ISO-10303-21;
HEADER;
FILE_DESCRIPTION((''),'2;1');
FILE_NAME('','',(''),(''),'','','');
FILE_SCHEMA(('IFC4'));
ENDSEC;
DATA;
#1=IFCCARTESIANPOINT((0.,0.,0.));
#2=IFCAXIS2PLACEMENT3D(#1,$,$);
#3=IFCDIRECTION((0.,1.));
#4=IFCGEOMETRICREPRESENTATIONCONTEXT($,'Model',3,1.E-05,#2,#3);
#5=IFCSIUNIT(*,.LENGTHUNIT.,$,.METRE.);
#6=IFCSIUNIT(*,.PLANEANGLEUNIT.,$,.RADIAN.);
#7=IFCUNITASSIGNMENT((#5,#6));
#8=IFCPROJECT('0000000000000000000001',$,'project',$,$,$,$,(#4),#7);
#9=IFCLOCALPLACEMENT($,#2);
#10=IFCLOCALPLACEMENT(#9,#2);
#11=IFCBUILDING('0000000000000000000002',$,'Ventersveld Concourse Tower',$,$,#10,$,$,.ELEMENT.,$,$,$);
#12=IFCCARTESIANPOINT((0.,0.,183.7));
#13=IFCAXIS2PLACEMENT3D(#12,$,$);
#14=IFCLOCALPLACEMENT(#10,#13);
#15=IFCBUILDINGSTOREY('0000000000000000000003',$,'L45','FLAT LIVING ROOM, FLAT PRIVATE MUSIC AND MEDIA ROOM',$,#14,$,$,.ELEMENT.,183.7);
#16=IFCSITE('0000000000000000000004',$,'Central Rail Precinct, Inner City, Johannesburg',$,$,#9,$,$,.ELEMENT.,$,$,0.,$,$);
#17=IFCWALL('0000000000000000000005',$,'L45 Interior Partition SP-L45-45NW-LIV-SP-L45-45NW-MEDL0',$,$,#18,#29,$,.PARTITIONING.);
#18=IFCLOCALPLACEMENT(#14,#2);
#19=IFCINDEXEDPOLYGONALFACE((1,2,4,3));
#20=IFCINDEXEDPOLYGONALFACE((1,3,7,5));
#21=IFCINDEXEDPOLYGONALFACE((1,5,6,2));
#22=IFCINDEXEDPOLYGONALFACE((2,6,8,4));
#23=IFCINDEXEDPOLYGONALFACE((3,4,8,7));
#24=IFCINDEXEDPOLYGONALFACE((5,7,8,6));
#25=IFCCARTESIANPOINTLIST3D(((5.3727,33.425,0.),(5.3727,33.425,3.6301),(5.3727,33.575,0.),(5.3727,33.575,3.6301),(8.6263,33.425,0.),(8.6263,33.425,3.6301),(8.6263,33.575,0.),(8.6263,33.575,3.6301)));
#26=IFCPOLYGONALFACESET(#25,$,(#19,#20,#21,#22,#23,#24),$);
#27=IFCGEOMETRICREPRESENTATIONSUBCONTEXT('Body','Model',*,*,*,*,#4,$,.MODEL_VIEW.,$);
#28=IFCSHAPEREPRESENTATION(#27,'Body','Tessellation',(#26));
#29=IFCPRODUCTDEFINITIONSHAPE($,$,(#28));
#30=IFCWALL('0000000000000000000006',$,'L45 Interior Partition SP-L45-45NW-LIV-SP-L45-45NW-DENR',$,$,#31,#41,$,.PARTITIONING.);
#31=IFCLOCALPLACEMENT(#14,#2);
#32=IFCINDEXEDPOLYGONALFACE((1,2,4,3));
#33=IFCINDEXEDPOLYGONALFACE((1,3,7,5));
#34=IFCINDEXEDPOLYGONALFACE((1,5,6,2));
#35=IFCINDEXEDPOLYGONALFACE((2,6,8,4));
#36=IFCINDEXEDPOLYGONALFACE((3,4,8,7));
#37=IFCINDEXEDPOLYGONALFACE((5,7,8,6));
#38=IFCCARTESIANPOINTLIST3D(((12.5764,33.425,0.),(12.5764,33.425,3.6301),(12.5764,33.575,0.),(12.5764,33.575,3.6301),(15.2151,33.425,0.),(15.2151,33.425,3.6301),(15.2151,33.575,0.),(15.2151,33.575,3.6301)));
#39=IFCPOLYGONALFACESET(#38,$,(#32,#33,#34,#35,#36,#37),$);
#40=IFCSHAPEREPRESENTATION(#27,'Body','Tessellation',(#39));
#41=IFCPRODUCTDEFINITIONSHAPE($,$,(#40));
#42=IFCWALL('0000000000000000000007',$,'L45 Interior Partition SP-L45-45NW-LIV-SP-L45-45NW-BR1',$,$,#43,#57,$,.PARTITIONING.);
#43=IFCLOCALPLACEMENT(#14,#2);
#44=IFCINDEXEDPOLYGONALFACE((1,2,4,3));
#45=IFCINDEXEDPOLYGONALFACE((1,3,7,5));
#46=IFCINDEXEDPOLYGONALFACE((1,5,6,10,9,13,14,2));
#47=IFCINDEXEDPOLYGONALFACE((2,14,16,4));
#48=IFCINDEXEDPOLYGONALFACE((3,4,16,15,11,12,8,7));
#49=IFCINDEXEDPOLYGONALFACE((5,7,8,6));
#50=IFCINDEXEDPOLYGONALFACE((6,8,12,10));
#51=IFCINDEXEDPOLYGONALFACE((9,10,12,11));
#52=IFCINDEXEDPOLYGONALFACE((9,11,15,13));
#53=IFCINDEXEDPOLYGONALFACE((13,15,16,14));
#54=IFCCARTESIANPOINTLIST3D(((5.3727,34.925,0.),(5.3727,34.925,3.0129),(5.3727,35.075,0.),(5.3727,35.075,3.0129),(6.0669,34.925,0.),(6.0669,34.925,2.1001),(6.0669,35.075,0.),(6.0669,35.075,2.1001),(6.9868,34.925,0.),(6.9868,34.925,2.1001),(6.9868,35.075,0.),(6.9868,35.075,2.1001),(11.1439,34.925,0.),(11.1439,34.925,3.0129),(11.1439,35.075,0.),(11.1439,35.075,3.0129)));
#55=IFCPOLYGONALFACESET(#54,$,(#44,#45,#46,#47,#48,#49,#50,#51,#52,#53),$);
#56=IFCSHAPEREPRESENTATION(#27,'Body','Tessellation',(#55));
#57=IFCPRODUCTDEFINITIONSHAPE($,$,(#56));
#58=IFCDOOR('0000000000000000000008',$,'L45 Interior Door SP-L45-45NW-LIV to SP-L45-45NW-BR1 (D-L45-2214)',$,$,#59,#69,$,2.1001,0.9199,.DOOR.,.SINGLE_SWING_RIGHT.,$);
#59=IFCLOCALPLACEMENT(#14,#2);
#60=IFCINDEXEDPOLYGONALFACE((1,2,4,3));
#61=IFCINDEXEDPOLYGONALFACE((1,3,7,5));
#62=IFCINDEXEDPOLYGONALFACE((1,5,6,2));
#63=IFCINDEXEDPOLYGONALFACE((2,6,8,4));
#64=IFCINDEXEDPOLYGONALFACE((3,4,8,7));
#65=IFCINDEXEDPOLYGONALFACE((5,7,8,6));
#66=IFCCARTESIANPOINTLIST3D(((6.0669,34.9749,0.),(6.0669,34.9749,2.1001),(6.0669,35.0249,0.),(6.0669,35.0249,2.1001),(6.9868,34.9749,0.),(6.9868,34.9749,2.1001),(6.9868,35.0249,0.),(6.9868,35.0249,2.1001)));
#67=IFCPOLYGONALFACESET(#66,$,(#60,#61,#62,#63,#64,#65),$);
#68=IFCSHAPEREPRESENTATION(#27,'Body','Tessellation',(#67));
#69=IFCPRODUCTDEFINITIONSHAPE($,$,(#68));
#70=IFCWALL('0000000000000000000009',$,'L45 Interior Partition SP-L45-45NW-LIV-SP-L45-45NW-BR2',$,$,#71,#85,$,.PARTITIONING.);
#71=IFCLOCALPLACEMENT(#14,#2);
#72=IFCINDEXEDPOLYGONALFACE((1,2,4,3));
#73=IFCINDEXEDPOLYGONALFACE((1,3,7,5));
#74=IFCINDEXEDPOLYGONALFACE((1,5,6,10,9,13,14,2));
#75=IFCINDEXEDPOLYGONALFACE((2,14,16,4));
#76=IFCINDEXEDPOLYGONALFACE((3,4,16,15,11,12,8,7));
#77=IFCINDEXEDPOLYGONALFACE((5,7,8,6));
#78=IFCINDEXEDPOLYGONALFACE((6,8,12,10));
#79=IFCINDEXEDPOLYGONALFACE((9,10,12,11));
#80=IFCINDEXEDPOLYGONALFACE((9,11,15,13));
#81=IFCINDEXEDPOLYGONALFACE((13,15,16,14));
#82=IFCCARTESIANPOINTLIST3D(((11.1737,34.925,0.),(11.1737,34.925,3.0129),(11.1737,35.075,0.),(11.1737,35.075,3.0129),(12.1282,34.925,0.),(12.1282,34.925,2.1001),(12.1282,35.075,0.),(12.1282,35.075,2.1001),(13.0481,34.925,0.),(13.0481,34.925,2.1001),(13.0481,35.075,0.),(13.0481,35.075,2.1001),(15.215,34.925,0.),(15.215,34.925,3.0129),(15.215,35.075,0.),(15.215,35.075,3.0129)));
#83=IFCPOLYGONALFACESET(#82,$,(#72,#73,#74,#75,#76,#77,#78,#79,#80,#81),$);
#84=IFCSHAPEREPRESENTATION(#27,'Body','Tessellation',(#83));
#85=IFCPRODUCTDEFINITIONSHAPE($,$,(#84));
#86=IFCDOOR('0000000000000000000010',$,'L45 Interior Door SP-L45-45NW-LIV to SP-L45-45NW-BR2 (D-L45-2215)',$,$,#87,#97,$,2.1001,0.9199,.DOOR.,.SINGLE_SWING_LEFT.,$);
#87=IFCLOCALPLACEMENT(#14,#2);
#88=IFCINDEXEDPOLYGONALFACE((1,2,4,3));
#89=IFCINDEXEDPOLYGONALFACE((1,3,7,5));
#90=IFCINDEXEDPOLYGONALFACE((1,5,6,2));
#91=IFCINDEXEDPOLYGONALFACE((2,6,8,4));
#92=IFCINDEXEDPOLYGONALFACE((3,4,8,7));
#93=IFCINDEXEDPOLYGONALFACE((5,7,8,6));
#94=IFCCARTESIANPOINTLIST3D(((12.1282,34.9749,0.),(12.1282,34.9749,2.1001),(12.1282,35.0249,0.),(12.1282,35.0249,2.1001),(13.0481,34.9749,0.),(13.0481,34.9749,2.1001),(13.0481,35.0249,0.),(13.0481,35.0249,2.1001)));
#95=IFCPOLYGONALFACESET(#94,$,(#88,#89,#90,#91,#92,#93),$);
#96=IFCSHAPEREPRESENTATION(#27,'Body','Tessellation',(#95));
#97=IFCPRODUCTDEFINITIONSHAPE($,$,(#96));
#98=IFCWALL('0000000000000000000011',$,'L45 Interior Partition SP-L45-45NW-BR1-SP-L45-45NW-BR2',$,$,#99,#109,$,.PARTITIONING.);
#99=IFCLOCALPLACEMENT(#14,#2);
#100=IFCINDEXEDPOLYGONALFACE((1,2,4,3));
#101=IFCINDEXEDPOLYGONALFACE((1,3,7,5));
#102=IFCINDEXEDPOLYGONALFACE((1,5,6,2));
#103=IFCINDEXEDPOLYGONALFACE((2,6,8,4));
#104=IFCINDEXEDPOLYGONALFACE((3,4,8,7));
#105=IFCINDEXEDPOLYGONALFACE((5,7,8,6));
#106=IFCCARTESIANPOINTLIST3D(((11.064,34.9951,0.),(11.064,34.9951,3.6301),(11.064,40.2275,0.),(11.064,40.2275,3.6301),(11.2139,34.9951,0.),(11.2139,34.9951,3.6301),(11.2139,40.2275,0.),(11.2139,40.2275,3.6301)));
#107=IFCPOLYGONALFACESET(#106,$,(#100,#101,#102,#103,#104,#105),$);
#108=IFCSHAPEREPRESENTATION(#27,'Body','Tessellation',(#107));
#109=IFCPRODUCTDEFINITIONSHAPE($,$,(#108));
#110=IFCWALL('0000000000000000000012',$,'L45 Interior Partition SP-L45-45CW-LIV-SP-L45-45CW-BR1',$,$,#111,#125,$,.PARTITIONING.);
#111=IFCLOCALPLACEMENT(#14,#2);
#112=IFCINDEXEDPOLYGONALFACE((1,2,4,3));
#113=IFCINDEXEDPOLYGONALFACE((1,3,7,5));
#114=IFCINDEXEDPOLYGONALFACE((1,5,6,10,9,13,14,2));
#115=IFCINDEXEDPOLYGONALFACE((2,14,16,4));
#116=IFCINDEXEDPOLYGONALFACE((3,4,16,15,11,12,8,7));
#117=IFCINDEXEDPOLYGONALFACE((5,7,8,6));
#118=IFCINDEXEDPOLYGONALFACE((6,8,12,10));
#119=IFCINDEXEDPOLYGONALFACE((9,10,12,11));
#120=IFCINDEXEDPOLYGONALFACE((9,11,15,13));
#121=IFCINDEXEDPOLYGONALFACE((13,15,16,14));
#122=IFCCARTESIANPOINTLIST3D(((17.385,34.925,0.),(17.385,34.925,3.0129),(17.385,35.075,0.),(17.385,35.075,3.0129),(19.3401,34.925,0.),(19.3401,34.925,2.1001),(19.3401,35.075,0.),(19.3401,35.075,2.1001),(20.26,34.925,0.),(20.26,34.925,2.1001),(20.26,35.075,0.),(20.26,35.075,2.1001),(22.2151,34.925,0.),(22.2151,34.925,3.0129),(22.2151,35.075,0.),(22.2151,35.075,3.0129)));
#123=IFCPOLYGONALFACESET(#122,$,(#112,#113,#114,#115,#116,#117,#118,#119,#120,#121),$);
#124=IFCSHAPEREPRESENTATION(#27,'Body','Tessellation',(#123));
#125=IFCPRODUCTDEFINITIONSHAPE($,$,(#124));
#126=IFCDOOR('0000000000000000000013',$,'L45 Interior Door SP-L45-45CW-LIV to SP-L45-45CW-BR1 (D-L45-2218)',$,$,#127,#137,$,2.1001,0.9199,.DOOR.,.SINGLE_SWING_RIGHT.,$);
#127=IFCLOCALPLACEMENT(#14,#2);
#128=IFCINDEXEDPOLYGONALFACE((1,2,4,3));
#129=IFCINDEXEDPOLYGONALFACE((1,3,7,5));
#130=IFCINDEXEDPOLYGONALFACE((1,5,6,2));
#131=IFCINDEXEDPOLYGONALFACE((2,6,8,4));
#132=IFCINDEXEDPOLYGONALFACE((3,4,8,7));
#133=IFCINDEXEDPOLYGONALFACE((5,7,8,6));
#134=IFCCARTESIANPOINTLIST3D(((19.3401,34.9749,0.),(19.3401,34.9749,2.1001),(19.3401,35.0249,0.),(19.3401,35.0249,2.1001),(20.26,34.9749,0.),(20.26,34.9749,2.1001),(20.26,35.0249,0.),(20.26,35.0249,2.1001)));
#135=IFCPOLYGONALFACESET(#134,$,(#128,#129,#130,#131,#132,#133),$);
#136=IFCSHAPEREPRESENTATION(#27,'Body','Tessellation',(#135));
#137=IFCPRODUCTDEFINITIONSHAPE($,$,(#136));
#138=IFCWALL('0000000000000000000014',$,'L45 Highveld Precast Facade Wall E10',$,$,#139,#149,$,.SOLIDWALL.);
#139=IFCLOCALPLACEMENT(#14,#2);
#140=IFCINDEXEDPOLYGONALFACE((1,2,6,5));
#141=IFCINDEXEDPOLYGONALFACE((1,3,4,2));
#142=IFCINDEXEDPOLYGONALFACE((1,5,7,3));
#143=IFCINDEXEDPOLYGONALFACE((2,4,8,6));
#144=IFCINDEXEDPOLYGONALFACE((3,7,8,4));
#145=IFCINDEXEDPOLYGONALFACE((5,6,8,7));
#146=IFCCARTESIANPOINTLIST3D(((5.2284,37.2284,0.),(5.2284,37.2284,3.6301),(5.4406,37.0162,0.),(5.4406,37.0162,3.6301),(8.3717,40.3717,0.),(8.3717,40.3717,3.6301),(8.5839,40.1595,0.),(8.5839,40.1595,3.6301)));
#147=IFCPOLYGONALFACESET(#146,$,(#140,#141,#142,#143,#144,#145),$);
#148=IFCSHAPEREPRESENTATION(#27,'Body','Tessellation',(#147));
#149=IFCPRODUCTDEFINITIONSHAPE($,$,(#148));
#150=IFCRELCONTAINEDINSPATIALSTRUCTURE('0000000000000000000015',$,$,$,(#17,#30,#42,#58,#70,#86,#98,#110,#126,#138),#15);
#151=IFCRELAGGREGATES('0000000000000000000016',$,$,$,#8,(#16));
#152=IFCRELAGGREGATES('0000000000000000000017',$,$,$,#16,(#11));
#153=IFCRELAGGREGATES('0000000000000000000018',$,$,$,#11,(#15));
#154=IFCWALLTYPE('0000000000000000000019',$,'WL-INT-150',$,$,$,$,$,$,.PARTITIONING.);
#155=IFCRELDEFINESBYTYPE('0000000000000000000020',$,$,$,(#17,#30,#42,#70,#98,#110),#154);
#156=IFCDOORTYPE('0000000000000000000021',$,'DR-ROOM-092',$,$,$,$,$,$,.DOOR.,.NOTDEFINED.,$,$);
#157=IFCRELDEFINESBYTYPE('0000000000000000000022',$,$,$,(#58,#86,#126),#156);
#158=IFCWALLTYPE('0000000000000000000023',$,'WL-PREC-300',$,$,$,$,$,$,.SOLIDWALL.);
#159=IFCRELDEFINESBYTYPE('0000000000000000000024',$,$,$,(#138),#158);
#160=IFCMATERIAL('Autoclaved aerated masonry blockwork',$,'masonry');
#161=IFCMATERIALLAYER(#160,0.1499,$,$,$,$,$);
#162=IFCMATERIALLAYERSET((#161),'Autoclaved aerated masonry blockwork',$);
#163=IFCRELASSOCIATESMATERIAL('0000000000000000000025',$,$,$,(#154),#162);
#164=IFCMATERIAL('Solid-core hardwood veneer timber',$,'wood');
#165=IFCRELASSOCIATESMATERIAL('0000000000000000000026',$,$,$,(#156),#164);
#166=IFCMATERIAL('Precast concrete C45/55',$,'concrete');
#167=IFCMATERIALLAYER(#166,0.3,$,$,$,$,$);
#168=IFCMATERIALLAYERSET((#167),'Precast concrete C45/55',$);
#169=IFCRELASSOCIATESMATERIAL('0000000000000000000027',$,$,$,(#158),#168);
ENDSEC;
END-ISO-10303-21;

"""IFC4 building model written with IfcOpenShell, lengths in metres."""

from ifc_helpers import new_model, si_unit, direction, frame, frame_2d, origin, place, context, subcontext, project, spatial, rectangle, extrude, material, layer, layer_set, type_object, element, fill, save


model = new_model("IFC4")

# Units and contexts
model_context = context("Model", 3, precision=1e-05, world=origin(), true_north=direction((0.0, 1.0)))
body_context = subcontext(model_context, "Body", "Model", "MODEL_VIEW")
ifc_project = project(units=[si_unit("LENGTHUNIT", "METRE"), si_unit("PLANEANGLEUNIT", "RADIAN")], contexts=[model_context])

# Site, building, storey
site_placement = place(None, origin())
site = spatial("IfcSite", under=ifc_project, at=site_placement, Name="Central Rail Precinct, Inner City, Johannesburg", CompositionType="ELEMENT", RefElevation=0.0)
building_placement = place(site_placement, origin())
building = spatial("IfcBuilding", under=site, at=building_placement, Name="Ventersveld Concourse Tower", CompositionType="ELEMENT")
storey_placement = place(building_placement, frame((0.0, 0.0, 183.7)))
storey = spatial("IfcBuildingStorey", under=building, at=storey_placement, Name="L45", Description="FLAT LIVING ROOM, FLAT PRIVATE MUSIC AND MEDIA ROOM", CompositionType="ELEMENT", Elevation=183.7)

# Walls
ifc_material_1 = material(Name="Autoclaved aerated masonry blockwork", Category="masonry")
ifc_layer_1 = layer(ifc_material_1, 0.1499)
ifc_layer_set_1 = layer_set([ifc_layer_1], Name="Autoclaved aerated masonry blockwork")
wall_type_1 = type_object("IfcWallType", Name="WL-INT-150", PredefinedType="PARTITIONING", material=ifc_layer_set_1)
wall_1_placement = place(storey_placement, frame((5.3726, 33.5, 0.0), z_axis=(0.0, 0.0, 1.0), x_axis=(1.0, 0.0, 0.0)))
element("IfcWall", 1, at=wall_1_placement, inside=storey, type_object=wall_type_1, Name="L45 Interior Partition SP-L45-45NW-LIV-SP-L45-45NW-MEDL0", PredefinedType="PARTITIONING", context=body_context, shape_type="SweptSolid", body=[
    extrude(rectangle(XDim=3.2537, YDim=0.1499, at=frame_2d((1.627, 0.0))), origin(), (0.0, 0.0, 1.0), 3.6301),
])
wall_2_placement = place(storey_placement, frame((12.5764, 33.5, 0.0), z_axis=(0.0, 0.0, 1.0), x_axis=(1.0, 0.0, 0.0)))
element("IfcWall", 2, at=wall_2_placement, inside=storey, type_object=wall_type_1, Name="L45 Interior Partition SP-L45-45NW-LIV-SP-L45-45NW-DENR", PredefinedType="PARTITIONING", context=body_context, shape_type="SweptSolid", body=[
    extrude(rectangle(XDim=2.6387, YDim=0.1499, at=frame_2d((1.3193, 0.0))), origin(), (0.0, 0.0, 1.0), 3.6301),
])

# Walls, openings, doors
wall_3_placement = place(storey_placement, frame((5.3726, 35.0, 0.0), z_axis=(0.0, 0.0, 1.0), x_axis=(1.0, 0.0, 0.0)))
wall_3 = element("IfcWall", 3, at=wall_3_placement, inside=storey, type_object=wall_type_1, Name="L45 Interior Partition SP-L45-45NW-LIV-SP-L45-45NW-BR1", PredefinedType="PARTITIONING", context=body_context, shape_type="SweptSolid", body=[
    extrude(rectangle(XDim=5.7712, YDim=0.1499, at=frame_2d((2.8857, 0.0))), origin(), (0.0, 0.0, 1.0), 3.0129),
])
opening_1_placement = place(wall_3_placement, frame((0.6943, 0.0, 0.0)))
opening_1 = element("IfcOpeningElement", 4, at=opening_1_placement, cuts=wall_3, PredefinedType="OPENING", context=body_context, shape_type="SweptSolid", body=[
    extrude(rectangle(XDim=0.9199, YDim=2.1001, at=frame_2d((0.46, 1.05))), frame((0.0, 0.085, 0.0), z_axis=(0.0, -1.0, 0.0), x_axis=(1.0, 0.0, 0.0)), (0.0, 0.0, 1.0), 0.1699),
])
ifc_material_2 = material(Name="Solid-core hardwood veneer timber", Category="wood")
door_type = type_object("IfcDoorType", Name="DR-ROOM-092", OperationType="NOTDEFINED", PredefinedType="DOOR", material=ifc_material_2)
door_1_placement = place(opening_1_placement, origin())
door_1 = element("IfcDoor", 5, at=door_1_placement, inside=storey, type_object=door_type, Name="L45 Interior Door SP-L45-45NW-LIV to SP-L45-45NW-BR1 (D-L45-2214)", OperationType="SINGLE_SWING_RIGHT", OverallHeight=2.1001, OverallWidth=0.9199, PredefinedType="DOOR", context=body_context, shape_type="SweptSolid", body=[
    extrude(rectangle(XDim=0.9199, YDim=2.1001, at=frame_2d((0.46, 1.05))), frame((0.0, 0.0249, 0.0), z_axis=(0.0, -1.0, 0.0), x_axis=(1.0, 0.0, 0.0)), (0.0, 0.0, 1.0), 0.05),
])
fill(opening_1, door_1)
wall_4_placement = place(storey_placement, frame((11.1738, 35.0, 0.0), z_axis=(0.0, 0.0, 1.0), x_axis=(1.0, 0.0, 0.0)))
wall_4 = element("IfcWall", 6, at=wall_4_placement, inside=storey, type_object=wall_type_1, Name="L45 Interior Partition SP-L45-45NW-LIV-SP-L45-45NW-BR2", PredefinedType="PARTITIONING", context=body_context, shape_type="SweptSolid", body=[
    extrude(rectangle(XDim=4.0413, YDim=0.1499, at=frame_2d((2.0205, 0.0))), origin(), (0.0, 0.0, 1.0), 3.0129),
])
opening_2_placement = place(wall_4_placement, frame((0.9543, 0.0, 0.0)))
opening_2 = element("IfcOpeningElement", 7, at=opening_2_placement, cuts=wall_4, PredefinedType="OPENING", context=body_context, shape_type="SweptSolid", body=[
    extrude(rectangle(XDim=0.9199, YDim=2.1001, at=frame_2d((0.46, 1.05))), frame((0.0, 0.085, 0.0), z_axis=(0.0, -1.0, 0.0), x_axis=(1.0, 0.0, 0.0)), (0.0, 0.0, 1.0), 0.1699),
])
door_2_placement = place(opening_2_placement, origin())
door_2 = element("IfcDoor", 8, at=door_2_placement, inside=storey, type_object=door_type, Name="L45 Interior Door SP-L45-45NW-LIV to SP-L45-45NW-BR2 (D-L45-2215)", OperationType="SINGLE_SWING_LEFT", OverallHeight=2.1001, OverallWidth=0.9199, PredefinedType="DOOR", context=body_context, shape_type="SweptSolid", body=[
    extrude(rectangle(XDim=0.9199, YDim=2.1001, at=frame_2d((0.46, 1.05))), frame((0.0, 0.0249, 0.0), z_axis=(0.0, -1.0, 0.0), x_axis=(1.0, 0.0, 0.0)), (0.0, 0.0, 1.0), 0.05),
])
fill(opening_2, door_2)

# Wall
wall_5_placement = place(storey_placement, frame((11.1389, 34.9951, 0.0), z_axis=(0.0, 0.0, 1.0), x_axis=(0.0, 1.0, 0.0)))
element("IfcWall", 9, at=wall_5_placement, inside=storey, type_object=wall_type_1, Name="L45 Interior Partition SP-L45-45NW-BR1-SP-L45-45NW-BR2", PredefinedType="PARTITIONING", context=body_context, shape_type="SweptSolid", body=[
    extrude(rectangle(XDim=5.2324, YDim=0.1499, at=frame_2d((2.6162, 0.0))), origin(), (0.0, 0.0, 1.0), 3.6301),
])

# Wall, opening, door
wall_6_placement = place(storey_placement, frame((17.385, 35.0, 0.0), z_axis=(0.0, 0.0, 1.0), x_axis=(1.0, 0.0, 0.0)))
wall_6 = element("IfcWall", 10, at=wall_6_placement, inside=storey, type_object=wall_type_1, Name="L45 Interior Partition SP-L45-45CW-LIV-SP-L45-45CW-BR1", PredefinedType="PARTITIONING", context=body_context, shape_type="SweptSolid", body=[
    extrude(rectangle(XDim=4.8301, YDim=0.1499, at=frame_2d((2.415, 0.0))), origin(), (0.0, 0.0, 1.0), 3.0129),
])
opening_3_placement = place(wall_6_placement, frame((1.9551, 0.0, 0.0)))
opening_3 = element("IfcOpeningElement", 11, at=opening_3_placement, cuts=wall_6, PredefinedType="OPENING", context=body_context, shape_type="SweptSolid", body=[
    extrude(rectangle(XDim=0.9199, YDim=2.1001, at=frame_2d((0.46, 1.05))), frame((0.0, 0.085, 0.0), z_axis=(0.0, -1.0, 0.0), x_axis=(1.0, 0.0, 0.0)), (0.0, 0.0, 1.0), 0.1699),
])
door_3_placement = place(opening_3_placement, origin())
door_3 = element("IfcDoor", 12, at=door_3_placement, inside=storey, type_object=door_type, Name="L45 Interior Door SP-L45-45CW-LIV to SP-L45-45CW-BR1 (D-L45-2218)", OperationType="SINGLE_SWING_RIGHT", OverallHeight=2.1001, OverallWidth=0.9199, PredefinedType="DOOR", context=body_context, shape_type="SweptSolid", body=[
    extrude(rectangle(XDim=0.9199, YDim=2.1001, at=frame_2d((0.46, 1.05))), frame((0.0, 0.0249, 0.0), z_axis=(0.0, -1.0, 0.0), x_axis=(1.0, 0.0, 0.0)), (0.0, 0.0, 1.0), 0.05),
])
fill(opening_3, door_3)

# Wall
ifc_material_3 = material(Name="Precast concrete C45/55", Category="concrete")
ifc_layer_2 = layer(ifc_material_3, 0.3)
ifc_layer_set_2 = layer_set([ifc_layer_2], Name="Precast concrete C45/55")
wall_type_2 = type_object("IfcWallType", Name="WL-PREC-300", PredefinedType="SOLIDWALL", material=ifc_layer_set_2)
wall_7_placement = place(storey_placement, frame((8.4778, 40.2656, 0.0), z_axis=(0.0, 0.0, 1.0), x_axis=(-0.707107, -0.707107, 0.0)))
element("IfcWall", 13, at=wall_7_placement, inside=storey, type_object=wall_type_2, Name="L45 Highveld Precast Facade Wall E10", PredefinedType="SOLIDWALL", context=body_context, shape_type="SweptSolid", body=[
    extrude(rectangle(XDim=4.4453, YDim=0.3, at=frame_2d((2.2227, 0.0))), origin(), (0.0, 0.0, 1.0), 3.6301),
])

save(model, "model.ifc")
